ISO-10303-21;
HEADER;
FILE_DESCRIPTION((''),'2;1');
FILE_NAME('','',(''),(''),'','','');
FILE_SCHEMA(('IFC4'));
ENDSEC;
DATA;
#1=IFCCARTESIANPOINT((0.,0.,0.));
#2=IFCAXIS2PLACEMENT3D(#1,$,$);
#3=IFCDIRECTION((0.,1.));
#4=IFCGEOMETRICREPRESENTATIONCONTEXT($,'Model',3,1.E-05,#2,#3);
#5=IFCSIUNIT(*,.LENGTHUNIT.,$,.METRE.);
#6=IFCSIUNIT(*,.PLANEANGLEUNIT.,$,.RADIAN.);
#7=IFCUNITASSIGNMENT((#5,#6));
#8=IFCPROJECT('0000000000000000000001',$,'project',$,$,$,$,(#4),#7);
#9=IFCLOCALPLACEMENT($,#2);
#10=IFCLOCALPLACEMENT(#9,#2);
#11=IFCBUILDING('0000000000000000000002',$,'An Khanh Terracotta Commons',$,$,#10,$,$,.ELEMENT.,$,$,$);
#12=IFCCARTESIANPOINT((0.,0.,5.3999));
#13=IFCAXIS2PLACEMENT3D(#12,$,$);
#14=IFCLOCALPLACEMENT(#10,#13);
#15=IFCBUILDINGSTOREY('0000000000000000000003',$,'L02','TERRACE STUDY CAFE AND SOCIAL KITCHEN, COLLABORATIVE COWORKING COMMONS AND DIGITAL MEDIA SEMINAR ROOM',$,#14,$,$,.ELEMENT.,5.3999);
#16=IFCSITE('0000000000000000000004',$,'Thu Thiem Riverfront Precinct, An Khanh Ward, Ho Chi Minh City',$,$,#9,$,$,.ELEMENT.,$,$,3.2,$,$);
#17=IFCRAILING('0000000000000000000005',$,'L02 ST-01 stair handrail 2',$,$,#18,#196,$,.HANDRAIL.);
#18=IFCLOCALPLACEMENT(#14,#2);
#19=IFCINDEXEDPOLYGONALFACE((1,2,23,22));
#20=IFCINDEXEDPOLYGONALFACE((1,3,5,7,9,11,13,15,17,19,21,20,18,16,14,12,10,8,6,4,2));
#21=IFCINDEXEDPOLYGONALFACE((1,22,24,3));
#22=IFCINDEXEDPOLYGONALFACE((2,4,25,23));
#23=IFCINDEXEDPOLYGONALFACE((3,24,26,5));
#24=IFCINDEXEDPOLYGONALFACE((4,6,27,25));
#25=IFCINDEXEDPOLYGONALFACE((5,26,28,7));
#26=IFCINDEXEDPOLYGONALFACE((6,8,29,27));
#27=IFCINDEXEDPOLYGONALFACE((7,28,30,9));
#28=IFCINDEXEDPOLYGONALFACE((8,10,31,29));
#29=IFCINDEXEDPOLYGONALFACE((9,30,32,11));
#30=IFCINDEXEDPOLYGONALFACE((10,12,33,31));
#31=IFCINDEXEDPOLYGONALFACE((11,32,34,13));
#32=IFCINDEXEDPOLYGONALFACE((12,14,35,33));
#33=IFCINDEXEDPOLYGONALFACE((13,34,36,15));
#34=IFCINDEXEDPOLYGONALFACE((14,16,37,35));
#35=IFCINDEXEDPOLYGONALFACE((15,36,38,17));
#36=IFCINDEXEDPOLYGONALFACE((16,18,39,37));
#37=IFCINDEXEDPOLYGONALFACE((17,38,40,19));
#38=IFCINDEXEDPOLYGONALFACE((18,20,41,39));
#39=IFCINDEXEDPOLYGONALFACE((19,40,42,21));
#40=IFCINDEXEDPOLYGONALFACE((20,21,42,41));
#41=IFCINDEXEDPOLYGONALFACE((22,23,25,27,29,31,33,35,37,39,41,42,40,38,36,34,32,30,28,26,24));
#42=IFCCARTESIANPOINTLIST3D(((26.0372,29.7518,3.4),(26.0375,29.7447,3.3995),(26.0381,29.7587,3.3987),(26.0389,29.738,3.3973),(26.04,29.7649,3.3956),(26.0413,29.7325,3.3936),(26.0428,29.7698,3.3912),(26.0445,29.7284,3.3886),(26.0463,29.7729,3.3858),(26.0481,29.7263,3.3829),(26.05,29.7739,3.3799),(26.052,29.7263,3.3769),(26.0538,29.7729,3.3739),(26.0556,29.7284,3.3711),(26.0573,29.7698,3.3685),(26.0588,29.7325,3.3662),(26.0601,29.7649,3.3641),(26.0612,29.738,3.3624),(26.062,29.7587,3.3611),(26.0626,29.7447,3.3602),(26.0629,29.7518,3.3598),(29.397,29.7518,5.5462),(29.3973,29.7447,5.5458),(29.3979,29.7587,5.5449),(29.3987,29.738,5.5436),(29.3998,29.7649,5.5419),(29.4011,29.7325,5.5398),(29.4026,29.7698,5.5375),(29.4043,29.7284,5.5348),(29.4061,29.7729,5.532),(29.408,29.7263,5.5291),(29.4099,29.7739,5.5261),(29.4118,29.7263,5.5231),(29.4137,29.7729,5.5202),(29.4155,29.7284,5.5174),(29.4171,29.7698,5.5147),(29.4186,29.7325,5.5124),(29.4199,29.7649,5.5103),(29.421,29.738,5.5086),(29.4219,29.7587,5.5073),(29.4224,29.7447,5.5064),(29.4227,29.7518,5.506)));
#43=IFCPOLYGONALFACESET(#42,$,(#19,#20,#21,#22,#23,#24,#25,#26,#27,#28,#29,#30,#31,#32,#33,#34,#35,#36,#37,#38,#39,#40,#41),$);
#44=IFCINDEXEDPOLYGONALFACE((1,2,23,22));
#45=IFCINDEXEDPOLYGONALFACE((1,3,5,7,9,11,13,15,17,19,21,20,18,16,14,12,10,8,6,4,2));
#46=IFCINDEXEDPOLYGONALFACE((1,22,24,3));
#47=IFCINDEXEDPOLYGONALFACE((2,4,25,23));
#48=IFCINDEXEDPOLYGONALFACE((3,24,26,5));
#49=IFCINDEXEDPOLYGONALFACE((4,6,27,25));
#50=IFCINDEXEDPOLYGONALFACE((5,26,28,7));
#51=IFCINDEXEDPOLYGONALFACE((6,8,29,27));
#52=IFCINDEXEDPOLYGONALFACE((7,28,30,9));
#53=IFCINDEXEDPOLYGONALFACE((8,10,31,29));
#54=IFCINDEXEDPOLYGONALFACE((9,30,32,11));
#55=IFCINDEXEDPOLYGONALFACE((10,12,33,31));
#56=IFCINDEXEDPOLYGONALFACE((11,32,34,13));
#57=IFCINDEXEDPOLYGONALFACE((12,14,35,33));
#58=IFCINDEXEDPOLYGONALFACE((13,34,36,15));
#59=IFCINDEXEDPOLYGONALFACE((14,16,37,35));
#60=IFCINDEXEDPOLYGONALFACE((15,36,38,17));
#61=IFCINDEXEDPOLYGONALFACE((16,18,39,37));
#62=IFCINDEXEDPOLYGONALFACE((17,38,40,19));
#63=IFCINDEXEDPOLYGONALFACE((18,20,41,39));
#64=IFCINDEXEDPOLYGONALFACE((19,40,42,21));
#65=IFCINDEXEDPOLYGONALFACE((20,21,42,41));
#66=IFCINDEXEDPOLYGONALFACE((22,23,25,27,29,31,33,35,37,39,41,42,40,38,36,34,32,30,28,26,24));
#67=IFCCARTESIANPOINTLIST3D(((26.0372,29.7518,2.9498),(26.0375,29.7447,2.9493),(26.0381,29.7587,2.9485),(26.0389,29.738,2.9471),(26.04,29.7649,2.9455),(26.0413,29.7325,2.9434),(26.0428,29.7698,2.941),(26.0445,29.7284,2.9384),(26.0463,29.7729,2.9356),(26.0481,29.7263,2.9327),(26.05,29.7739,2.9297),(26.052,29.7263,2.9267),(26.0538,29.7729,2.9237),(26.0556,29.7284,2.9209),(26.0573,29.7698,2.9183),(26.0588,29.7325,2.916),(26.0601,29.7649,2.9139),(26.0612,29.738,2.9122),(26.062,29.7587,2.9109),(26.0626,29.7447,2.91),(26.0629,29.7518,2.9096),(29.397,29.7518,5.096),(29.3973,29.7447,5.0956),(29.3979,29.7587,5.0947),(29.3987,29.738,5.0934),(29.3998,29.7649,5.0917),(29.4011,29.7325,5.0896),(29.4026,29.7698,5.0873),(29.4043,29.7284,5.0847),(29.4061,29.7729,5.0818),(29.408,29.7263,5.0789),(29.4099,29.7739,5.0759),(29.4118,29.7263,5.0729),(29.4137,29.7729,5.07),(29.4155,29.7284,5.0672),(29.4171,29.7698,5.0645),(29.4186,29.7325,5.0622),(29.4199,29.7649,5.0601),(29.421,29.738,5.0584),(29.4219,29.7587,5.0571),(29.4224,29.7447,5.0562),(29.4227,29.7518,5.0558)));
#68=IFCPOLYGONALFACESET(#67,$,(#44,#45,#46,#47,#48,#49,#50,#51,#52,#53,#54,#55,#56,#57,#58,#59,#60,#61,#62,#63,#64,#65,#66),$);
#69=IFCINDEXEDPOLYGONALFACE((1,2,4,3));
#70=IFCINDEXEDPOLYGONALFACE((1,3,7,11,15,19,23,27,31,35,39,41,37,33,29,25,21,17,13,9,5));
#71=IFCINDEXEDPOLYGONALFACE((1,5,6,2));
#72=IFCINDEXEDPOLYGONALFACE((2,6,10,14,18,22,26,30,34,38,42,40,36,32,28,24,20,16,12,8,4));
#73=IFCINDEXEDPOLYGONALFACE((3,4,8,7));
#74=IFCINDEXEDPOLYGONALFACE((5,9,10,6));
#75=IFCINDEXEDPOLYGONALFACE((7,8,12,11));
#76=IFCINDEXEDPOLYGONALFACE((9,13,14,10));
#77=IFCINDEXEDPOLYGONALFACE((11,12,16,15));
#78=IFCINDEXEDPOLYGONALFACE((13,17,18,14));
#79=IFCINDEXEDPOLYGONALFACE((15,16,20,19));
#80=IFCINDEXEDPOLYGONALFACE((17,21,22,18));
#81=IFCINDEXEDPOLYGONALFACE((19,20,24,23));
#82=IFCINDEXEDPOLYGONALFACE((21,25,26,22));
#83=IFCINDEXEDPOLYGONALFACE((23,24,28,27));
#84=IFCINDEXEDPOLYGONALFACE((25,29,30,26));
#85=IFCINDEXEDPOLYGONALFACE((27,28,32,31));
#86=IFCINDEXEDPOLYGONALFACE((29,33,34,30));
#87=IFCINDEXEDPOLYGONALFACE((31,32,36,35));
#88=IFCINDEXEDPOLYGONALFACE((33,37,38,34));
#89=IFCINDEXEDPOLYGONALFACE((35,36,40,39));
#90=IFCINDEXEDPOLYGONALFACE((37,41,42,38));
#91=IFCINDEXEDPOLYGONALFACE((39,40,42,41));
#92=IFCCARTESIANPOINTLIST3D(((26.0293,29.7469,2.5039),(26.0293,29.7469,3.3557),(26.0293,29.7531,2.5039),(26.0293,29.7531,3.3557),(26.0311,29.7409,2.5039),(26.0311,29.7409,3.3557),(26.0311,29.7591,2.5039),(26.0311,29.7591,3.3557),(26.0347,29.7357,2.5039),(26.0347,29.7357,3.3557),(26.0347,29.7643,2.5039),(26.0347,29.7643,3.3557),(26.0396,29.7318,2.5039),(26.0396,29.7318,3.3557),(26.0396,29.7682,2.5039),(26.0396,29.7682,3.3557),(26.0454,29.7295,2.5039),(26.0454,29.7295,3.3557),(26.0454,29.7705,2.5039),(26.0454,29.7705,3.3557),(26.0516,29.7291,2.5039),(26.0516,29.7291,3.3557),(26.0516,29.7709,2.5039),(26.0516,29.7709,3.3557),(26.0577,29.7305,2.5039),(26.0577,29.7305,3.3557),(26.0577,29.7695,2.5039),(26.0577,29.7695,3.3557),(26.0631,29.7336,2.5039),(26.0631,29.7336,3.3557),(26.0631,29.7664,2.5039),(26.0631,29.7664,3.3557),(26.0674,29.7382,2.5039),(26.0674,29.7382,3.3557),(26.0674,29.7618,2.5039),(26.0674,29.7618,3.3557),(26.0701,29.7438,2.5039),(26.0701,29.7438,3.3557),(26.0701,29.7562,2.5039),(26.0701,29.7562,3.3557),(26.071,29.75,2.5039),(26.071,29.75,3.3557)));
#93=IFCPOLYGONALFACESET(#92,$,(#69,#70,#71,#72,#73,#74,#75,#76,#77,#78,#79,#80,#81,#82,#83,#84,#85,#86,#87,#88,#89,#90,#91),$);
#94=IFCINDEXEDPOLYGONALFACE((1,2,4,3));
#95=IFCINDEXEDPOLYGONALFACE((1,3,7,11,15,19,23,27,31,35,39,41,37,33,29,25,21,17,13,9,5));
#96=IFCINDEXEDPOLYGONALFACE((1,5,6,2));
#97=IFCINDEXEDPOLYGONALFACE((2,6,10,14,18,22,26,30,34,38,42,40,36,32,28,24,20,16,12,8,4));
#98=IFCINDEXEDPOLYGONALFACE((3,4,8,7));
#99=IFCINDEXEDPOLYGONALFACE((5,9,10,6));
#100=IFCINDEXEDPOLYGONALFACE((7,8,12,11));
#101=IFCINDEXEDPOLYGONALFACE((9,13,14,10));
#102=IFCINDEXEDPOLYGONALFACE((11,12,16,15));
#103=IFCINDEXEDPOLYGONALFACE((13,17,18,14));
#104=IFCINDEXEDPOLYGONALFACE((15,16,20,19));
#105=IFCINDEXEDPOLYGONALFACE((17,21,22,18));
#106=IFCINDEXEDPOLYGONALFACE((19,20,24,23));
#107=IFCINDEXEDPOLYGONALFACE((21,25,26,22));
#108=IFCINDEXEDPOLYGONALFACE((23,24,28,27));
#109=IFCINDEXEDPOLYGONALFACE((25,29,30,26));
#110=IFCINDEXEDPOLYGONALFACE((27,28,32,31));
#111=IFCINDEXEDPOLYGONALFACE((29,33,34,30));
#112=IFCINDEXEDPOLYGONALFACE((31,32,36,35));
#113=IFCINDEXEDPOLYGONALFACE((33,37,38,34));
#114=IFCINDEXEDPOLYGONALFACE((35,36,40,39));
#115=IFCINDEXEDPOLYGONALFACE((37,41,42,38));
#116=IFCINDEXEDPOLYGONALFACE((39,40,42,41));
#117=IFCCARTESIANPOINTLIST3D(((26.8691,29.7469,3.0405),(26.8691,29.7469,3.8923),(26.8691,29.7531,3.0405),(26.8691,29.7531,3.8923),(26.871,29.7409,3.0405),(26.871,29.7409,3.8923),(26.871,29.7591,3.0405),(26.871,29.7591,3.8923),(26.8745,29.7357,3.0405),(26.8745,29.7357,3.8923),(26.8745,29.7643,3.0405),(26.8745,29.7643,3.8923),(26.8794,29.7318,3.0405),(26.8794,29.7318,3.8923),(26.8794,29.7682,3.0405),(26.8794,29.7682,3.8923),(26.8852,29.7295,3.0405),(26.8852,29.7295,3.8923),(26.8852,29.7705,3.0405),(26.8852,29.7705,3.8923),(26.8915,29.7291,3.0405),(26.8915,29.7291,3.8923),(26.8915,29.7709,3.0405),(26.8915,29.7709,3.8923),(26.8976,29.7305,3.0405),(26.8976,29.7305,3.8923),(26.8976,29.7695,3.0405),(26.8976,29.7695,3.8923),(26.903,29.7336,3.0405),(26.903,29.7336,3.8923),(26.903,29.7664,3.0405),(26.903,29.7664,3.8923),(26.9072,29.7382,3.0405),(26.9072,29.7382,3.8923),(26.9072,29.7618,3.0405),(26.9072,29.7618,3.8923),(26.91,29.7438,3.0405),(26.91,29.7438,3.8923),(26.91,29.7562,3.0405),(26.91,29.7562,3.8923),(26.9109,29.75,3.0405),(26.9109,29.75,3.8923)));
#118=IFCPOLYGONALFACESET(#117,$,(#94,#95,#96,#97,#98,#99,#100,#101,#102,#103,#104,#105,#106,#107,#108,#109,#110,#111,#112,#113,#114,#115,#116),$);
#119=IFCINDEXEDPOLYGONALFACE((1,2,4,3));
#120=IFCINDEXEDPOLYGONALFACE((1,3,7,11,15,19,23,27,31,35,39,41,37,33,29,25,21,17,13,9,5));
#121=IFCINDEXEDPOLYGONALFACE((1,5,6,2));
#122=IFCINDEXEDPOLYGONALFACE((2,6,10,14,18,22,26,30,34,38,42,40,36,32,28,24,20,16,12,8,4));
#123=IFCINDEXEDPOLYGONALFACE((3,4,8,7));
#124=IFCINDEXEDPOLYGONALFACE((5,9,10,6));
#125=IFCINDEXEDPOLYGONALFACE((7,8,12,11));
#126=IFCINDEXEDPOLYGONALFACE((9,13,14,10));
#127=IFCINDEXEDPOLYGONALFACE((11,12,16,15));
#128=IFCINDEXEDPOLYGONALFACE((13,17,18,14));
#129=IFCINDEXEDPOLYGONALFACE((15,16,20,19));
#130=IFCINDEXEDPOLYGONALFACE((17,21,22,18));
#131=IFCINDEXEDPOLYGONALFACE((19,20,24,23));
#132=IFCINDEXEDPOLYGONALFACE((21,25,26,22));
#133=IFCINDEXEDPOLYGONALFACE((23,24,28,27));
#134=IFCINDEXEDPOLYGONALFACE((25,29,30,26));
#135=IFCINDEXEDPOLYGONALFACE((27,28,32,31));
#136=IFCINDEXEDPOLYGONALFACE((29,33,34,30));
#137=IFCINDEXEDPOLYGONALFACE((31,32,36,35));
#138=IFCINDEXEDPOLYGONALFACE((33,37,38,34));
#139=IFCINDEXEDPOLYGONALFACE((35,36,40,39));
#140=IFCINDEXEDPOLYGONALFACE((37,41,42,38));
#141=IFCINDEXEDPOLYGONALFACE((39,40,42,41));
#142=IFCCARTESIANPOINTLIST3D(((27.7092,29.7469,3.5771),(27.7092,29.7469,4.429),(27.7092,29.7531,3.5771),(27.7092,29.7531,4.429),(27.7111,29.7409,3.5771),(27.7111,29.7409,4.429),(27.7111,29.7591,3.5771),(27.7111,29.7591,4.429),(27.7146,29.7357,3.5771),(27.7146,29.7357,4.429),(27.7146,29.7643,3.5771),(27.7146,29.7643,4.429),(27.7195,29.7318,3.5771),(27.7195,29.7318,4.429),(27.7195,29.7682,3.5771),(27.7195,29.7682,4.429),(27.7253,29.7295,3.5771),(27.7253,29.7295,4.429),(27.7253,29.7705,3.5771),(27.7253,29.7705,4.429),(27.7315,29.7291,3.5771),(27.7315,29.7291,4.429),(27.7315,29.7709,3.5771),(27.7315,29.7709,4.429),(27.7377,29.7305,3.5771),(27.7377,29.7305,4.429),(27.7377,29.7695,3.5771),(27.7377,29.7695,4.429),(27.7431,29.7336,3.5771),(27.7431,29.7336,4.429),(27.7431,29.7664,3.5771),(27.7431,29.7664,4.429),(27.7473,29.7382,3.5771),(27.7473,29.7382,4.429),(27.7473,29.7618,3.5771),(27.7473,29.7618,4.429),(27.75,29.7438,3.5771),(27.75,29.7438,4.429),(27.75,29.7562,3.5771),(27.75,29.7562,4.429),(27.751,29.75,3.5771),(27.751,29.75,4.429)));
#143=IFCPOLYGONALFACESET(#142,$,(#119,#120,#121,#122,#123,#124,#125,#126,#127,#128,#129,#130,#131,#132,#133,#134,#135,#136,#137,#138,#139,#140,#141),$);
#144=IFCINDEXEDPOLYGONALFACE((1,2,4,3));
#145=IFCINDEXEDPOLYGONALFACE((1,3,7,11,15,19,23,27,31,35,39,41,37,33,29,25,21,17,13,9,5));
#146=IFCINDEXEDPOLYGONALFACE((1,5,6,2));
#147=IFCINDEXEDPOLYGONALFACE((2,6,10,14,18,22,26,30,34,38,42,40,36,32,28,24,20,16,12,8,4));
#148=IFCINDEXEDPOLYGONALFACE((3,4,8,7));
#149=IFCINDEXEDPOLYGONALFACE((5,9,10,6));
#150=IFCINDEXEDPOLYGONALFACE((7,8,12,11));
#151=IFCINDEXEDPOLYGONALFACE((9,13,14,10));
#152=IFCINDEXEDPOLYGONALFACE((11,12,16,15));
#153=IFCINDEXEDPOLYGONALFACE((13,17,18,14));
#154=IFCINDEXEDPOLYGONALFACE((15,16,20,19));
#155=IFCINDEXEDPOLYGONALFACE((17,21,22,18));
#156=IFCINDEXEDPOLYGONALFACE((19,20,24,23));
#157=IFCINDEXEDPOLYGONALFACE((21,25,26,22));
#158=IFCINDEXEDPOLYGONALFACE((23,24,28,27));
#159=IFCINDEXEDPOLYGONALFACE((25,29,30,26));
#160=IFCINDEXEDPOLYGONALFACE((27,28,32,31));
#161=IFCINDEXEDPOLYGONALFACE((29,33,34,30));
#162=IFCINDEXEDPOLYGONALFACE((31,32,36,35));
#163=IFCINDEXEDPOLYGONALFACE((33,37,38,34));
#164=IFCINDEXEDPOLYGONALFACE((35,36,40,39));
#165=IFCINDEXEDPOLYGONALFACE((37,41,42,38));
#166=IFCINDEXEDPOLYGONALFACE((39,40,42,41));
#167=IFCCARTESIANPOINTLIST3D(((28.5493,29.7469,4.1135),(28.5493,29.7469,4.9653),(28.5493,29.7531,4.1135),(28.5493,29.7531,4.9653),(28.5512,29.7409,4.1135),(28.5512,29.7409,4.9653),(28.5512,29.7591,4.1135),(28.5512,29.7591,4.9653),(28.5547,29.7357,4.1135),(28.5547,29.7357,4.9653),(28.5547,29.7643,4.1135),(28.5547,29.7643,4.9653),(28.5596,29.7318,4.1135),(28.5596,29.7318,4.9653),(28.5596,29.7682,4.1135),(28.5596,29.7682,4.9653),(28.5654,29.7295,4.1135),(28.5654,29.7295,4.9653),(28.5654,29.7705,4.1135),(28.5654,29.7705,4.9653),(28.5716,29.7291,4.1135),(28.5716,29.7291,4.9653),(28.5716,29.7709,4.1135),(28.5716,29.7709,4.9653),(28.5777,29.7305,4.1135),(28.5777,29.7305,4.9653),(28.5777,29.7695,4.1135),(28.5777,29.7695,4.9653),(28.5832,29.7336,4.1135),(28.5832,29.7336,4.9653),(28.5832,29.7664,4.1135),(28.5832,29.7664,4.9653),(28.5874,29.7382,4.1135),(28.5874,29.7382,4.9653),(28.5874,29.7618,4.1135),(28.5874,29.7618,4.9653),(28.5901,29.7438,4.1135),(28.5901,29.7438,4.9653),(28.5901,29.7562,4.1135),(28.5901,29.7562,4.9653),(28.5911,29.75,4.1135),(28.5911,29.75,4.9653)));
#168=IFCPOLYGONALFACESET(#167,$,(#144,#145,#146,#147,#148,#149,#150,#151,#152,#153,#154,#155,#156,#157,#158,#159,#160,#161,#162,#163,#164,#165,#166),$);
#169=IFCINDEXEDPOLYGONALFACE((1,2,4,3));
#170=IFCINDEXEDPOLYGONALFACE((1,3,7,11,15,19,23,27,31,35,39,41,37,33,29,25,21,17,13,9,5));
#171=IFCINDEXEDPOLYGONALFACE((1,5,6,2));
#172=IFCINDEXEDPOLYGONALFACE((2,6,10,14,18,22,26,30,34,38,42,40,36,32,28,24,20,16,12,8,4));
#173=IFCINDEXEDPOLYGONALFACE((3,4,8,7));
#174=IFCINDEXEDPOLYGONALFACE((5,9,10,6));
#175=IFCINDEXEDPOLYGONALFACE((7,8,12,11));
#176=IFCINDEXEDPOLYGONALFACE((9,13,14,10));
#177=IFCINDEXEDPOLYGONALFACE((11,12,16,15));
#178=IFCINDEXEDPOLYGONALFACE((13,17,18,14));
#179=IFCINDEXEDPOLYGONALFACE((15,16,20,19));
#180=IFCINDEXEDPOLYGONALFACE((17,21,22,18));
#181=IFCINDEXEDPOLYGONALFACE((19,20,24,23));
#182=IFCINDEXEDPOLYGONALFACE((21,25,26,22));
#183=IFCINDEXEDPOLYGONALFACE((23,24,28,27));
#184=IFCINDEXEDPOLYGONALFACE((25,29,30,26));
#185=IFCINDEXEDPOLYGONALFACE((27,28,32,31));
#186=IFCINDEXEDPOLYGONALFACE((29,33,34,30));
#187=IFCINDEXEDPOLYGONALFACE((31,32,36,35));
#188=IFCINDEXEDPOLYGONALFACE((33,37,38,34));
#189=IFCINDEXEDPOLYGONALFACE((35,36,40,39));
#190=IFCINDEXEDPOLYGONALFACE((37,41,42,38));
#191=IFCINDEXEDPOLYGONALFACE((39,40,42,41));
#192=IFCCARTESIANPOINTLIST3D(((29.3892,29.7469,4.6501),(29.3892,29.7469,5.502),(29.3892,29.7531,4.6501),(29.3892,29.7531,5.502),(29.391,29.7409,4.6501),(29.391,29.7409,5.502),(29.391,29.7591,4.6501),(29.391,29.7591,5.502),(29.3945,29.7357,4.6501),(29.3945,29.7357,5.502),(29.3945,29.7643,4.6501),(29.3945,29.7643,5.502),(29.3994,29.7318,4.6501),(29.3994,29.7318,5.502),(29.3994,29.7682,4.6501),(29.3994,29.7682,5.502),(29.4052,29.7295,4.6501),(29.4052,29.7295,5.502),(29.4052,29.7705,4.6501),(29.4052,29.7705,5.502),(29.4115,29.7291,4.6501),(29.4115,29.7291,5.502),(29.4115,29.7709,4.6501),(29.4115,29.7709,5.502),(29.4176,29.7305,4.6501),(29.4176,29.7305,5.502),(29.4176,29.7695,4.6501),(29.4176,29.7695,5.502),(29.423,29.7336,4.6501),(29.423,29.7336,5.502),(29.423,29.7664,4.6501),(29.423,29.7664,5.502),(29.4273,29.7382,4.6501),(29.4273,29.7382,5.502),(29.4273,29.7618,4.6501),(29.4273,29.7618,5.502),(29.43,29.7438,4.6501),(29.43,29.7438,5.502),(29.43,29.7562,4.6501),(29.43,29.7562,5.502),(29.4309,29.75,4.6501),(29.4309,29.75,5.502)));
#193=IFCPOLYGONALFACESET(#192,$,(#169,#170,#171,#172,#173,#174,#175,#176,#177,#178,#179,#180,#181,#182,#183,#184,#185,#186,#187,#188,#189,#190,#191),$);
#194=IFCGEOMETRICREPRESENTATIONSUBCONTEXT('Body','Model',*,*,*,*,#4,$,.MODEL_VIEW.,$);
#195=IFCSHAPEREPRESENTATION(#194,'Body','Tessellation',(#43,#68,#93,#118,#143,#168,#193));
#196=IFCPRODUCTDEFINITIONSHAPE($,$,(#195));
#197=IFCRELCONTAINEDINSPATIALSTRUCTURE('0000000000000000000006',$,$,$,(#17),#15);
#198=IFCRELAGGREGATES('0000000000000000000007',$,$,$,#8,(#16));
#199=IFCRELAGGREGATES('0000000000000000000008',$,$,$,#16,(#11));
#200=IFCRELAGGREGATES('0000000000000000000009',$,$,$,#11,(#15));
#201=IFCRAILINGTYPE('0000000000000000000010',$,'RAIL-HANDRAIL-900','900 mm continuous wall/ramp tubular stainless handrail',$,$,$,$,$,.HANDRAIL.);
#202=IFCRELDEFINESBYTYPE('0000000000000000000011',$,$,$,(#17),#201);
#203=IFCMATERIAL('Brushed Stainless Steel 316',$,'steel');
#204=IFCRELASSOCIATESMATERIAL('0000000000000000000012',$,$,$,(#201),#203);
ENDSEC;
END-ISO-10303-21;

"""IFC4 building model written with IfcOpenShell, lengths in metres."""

from ifc_helpers import new_model, si_unit, direction, frame, origin, origin_2d, place, context, subcontext, project, spatial, circle, extrude, material, type_object, element, save


model = new_model("IFC4")

# Units and contexts
model_context = context("Model", 3, precision=1e-05, world=origin(), true_north=direction((0.0, 1.0)))
body_context = subcontext(model_context, "Body", "Model", "MODEL_VIEW")
ifc_project = project(units=[si_unit("LENGTHUNIT", "METRE"), si_unit("PLANEANGLEUNIT", "RADIAN")], contexts=[model_context])

# Site, building, storey
site_placement = place(None, origin())
site = spatial("IfcSite", under=ifc_project, at=site_placement, Name="Thu Thiem Riverfront Precinct, An Khanh Ward, Ho Chi Minh City", CompositionType="ELEMENT", RefElevation=3.2)
building_placement = place(site_placement, origin())
building = spatial("IfcBuilding", under=site, at=building_placement, Name="An Khanh Terracotta Commons", CompositionType="ELEMENT")
storey_placement = place(building_placement, frame((0.0, 0.0, 5.3999)))
storey = spatial("IfcBuildingStorey", under=building, at=storey_placement, Name="L02", Description="TERRACE STUDY CAFE AND SOCIAL KITCHEN, COLLABORATIVE COWORKING COMMONS AND DIGITAL MEDIA SEMINAR ROOM", CompositionType="ELEMENT", Elevation=5.3999)

# Railing
ifc_material_1 = material(Name="Brushed Stainless Steel 316", Category="steel")
railing_type_1 = type_object("IfcRailingType", Name="RAIL-HANDRAIL-900", Description="900 mm continuous wall/ramp tubular stainless handrail", PredefinedType="HANDRAIL", material=ifc_material_1)
railing_1_placement = place(storey_placement, frame((26.05, 29.75, 2.5039)))
element("IfcRailing", 1, at=railing_1_placement, inside=storey, type_object=railing_type_1, Name="L02 ST-01 stair handrail 2", PredefinedType="HANDRAIL", context=body_context, shape_type="SweptSolid", body=[
    extrude(circle(Radius=0.0239, at=origin_2d()), frame((0.0, 0.0, 0.876), z_axis=(0.842735, 0.0, 0.538329), x_axis=(0.0, 1.0, 0.0)), (0.0, 0.0, 1.0), 3.9868),
    extrude(circle(Radius=0.0239, at=origin_2d()), frame((0.0, 0.0, 0.4258), z_axis=(0.842735, 0.0, 0.538329), x_axis=(0.0, 1.0, 0.0)), (0.0, 0.0, 1.0), 3.9868),
    extrude(circle(Radius=0.021, at=origin_2d()), origin(), (0.0, 0.0, 1.0), 0.8518),
    extrude(circle(Radius=0.021, at=origin_2d()), frame((0.8398, 0.0, 0.5366)), (0.0, 0.0, 1.0), 0.8518),
    extrude(circle(Radius=0.021, at=origin_2d()), frame((1.6799, 0.0, 1.0732)), (0.0, 0.0, 1.0), 0.8518),
    extrude(circle(Radius=0.021, at=origin_2d()), frame((2.52, 0.0, 1.6096)), (0.0, 0.0, 1.0), 0.8518),
    extrude(circle(Radius=0.021, at=origin_2d()), frame((3.3599, 0.0, 2.1462)), (0.0, 0.0, 1.0), 0.8518),
])

save(model, "model.ifc")
